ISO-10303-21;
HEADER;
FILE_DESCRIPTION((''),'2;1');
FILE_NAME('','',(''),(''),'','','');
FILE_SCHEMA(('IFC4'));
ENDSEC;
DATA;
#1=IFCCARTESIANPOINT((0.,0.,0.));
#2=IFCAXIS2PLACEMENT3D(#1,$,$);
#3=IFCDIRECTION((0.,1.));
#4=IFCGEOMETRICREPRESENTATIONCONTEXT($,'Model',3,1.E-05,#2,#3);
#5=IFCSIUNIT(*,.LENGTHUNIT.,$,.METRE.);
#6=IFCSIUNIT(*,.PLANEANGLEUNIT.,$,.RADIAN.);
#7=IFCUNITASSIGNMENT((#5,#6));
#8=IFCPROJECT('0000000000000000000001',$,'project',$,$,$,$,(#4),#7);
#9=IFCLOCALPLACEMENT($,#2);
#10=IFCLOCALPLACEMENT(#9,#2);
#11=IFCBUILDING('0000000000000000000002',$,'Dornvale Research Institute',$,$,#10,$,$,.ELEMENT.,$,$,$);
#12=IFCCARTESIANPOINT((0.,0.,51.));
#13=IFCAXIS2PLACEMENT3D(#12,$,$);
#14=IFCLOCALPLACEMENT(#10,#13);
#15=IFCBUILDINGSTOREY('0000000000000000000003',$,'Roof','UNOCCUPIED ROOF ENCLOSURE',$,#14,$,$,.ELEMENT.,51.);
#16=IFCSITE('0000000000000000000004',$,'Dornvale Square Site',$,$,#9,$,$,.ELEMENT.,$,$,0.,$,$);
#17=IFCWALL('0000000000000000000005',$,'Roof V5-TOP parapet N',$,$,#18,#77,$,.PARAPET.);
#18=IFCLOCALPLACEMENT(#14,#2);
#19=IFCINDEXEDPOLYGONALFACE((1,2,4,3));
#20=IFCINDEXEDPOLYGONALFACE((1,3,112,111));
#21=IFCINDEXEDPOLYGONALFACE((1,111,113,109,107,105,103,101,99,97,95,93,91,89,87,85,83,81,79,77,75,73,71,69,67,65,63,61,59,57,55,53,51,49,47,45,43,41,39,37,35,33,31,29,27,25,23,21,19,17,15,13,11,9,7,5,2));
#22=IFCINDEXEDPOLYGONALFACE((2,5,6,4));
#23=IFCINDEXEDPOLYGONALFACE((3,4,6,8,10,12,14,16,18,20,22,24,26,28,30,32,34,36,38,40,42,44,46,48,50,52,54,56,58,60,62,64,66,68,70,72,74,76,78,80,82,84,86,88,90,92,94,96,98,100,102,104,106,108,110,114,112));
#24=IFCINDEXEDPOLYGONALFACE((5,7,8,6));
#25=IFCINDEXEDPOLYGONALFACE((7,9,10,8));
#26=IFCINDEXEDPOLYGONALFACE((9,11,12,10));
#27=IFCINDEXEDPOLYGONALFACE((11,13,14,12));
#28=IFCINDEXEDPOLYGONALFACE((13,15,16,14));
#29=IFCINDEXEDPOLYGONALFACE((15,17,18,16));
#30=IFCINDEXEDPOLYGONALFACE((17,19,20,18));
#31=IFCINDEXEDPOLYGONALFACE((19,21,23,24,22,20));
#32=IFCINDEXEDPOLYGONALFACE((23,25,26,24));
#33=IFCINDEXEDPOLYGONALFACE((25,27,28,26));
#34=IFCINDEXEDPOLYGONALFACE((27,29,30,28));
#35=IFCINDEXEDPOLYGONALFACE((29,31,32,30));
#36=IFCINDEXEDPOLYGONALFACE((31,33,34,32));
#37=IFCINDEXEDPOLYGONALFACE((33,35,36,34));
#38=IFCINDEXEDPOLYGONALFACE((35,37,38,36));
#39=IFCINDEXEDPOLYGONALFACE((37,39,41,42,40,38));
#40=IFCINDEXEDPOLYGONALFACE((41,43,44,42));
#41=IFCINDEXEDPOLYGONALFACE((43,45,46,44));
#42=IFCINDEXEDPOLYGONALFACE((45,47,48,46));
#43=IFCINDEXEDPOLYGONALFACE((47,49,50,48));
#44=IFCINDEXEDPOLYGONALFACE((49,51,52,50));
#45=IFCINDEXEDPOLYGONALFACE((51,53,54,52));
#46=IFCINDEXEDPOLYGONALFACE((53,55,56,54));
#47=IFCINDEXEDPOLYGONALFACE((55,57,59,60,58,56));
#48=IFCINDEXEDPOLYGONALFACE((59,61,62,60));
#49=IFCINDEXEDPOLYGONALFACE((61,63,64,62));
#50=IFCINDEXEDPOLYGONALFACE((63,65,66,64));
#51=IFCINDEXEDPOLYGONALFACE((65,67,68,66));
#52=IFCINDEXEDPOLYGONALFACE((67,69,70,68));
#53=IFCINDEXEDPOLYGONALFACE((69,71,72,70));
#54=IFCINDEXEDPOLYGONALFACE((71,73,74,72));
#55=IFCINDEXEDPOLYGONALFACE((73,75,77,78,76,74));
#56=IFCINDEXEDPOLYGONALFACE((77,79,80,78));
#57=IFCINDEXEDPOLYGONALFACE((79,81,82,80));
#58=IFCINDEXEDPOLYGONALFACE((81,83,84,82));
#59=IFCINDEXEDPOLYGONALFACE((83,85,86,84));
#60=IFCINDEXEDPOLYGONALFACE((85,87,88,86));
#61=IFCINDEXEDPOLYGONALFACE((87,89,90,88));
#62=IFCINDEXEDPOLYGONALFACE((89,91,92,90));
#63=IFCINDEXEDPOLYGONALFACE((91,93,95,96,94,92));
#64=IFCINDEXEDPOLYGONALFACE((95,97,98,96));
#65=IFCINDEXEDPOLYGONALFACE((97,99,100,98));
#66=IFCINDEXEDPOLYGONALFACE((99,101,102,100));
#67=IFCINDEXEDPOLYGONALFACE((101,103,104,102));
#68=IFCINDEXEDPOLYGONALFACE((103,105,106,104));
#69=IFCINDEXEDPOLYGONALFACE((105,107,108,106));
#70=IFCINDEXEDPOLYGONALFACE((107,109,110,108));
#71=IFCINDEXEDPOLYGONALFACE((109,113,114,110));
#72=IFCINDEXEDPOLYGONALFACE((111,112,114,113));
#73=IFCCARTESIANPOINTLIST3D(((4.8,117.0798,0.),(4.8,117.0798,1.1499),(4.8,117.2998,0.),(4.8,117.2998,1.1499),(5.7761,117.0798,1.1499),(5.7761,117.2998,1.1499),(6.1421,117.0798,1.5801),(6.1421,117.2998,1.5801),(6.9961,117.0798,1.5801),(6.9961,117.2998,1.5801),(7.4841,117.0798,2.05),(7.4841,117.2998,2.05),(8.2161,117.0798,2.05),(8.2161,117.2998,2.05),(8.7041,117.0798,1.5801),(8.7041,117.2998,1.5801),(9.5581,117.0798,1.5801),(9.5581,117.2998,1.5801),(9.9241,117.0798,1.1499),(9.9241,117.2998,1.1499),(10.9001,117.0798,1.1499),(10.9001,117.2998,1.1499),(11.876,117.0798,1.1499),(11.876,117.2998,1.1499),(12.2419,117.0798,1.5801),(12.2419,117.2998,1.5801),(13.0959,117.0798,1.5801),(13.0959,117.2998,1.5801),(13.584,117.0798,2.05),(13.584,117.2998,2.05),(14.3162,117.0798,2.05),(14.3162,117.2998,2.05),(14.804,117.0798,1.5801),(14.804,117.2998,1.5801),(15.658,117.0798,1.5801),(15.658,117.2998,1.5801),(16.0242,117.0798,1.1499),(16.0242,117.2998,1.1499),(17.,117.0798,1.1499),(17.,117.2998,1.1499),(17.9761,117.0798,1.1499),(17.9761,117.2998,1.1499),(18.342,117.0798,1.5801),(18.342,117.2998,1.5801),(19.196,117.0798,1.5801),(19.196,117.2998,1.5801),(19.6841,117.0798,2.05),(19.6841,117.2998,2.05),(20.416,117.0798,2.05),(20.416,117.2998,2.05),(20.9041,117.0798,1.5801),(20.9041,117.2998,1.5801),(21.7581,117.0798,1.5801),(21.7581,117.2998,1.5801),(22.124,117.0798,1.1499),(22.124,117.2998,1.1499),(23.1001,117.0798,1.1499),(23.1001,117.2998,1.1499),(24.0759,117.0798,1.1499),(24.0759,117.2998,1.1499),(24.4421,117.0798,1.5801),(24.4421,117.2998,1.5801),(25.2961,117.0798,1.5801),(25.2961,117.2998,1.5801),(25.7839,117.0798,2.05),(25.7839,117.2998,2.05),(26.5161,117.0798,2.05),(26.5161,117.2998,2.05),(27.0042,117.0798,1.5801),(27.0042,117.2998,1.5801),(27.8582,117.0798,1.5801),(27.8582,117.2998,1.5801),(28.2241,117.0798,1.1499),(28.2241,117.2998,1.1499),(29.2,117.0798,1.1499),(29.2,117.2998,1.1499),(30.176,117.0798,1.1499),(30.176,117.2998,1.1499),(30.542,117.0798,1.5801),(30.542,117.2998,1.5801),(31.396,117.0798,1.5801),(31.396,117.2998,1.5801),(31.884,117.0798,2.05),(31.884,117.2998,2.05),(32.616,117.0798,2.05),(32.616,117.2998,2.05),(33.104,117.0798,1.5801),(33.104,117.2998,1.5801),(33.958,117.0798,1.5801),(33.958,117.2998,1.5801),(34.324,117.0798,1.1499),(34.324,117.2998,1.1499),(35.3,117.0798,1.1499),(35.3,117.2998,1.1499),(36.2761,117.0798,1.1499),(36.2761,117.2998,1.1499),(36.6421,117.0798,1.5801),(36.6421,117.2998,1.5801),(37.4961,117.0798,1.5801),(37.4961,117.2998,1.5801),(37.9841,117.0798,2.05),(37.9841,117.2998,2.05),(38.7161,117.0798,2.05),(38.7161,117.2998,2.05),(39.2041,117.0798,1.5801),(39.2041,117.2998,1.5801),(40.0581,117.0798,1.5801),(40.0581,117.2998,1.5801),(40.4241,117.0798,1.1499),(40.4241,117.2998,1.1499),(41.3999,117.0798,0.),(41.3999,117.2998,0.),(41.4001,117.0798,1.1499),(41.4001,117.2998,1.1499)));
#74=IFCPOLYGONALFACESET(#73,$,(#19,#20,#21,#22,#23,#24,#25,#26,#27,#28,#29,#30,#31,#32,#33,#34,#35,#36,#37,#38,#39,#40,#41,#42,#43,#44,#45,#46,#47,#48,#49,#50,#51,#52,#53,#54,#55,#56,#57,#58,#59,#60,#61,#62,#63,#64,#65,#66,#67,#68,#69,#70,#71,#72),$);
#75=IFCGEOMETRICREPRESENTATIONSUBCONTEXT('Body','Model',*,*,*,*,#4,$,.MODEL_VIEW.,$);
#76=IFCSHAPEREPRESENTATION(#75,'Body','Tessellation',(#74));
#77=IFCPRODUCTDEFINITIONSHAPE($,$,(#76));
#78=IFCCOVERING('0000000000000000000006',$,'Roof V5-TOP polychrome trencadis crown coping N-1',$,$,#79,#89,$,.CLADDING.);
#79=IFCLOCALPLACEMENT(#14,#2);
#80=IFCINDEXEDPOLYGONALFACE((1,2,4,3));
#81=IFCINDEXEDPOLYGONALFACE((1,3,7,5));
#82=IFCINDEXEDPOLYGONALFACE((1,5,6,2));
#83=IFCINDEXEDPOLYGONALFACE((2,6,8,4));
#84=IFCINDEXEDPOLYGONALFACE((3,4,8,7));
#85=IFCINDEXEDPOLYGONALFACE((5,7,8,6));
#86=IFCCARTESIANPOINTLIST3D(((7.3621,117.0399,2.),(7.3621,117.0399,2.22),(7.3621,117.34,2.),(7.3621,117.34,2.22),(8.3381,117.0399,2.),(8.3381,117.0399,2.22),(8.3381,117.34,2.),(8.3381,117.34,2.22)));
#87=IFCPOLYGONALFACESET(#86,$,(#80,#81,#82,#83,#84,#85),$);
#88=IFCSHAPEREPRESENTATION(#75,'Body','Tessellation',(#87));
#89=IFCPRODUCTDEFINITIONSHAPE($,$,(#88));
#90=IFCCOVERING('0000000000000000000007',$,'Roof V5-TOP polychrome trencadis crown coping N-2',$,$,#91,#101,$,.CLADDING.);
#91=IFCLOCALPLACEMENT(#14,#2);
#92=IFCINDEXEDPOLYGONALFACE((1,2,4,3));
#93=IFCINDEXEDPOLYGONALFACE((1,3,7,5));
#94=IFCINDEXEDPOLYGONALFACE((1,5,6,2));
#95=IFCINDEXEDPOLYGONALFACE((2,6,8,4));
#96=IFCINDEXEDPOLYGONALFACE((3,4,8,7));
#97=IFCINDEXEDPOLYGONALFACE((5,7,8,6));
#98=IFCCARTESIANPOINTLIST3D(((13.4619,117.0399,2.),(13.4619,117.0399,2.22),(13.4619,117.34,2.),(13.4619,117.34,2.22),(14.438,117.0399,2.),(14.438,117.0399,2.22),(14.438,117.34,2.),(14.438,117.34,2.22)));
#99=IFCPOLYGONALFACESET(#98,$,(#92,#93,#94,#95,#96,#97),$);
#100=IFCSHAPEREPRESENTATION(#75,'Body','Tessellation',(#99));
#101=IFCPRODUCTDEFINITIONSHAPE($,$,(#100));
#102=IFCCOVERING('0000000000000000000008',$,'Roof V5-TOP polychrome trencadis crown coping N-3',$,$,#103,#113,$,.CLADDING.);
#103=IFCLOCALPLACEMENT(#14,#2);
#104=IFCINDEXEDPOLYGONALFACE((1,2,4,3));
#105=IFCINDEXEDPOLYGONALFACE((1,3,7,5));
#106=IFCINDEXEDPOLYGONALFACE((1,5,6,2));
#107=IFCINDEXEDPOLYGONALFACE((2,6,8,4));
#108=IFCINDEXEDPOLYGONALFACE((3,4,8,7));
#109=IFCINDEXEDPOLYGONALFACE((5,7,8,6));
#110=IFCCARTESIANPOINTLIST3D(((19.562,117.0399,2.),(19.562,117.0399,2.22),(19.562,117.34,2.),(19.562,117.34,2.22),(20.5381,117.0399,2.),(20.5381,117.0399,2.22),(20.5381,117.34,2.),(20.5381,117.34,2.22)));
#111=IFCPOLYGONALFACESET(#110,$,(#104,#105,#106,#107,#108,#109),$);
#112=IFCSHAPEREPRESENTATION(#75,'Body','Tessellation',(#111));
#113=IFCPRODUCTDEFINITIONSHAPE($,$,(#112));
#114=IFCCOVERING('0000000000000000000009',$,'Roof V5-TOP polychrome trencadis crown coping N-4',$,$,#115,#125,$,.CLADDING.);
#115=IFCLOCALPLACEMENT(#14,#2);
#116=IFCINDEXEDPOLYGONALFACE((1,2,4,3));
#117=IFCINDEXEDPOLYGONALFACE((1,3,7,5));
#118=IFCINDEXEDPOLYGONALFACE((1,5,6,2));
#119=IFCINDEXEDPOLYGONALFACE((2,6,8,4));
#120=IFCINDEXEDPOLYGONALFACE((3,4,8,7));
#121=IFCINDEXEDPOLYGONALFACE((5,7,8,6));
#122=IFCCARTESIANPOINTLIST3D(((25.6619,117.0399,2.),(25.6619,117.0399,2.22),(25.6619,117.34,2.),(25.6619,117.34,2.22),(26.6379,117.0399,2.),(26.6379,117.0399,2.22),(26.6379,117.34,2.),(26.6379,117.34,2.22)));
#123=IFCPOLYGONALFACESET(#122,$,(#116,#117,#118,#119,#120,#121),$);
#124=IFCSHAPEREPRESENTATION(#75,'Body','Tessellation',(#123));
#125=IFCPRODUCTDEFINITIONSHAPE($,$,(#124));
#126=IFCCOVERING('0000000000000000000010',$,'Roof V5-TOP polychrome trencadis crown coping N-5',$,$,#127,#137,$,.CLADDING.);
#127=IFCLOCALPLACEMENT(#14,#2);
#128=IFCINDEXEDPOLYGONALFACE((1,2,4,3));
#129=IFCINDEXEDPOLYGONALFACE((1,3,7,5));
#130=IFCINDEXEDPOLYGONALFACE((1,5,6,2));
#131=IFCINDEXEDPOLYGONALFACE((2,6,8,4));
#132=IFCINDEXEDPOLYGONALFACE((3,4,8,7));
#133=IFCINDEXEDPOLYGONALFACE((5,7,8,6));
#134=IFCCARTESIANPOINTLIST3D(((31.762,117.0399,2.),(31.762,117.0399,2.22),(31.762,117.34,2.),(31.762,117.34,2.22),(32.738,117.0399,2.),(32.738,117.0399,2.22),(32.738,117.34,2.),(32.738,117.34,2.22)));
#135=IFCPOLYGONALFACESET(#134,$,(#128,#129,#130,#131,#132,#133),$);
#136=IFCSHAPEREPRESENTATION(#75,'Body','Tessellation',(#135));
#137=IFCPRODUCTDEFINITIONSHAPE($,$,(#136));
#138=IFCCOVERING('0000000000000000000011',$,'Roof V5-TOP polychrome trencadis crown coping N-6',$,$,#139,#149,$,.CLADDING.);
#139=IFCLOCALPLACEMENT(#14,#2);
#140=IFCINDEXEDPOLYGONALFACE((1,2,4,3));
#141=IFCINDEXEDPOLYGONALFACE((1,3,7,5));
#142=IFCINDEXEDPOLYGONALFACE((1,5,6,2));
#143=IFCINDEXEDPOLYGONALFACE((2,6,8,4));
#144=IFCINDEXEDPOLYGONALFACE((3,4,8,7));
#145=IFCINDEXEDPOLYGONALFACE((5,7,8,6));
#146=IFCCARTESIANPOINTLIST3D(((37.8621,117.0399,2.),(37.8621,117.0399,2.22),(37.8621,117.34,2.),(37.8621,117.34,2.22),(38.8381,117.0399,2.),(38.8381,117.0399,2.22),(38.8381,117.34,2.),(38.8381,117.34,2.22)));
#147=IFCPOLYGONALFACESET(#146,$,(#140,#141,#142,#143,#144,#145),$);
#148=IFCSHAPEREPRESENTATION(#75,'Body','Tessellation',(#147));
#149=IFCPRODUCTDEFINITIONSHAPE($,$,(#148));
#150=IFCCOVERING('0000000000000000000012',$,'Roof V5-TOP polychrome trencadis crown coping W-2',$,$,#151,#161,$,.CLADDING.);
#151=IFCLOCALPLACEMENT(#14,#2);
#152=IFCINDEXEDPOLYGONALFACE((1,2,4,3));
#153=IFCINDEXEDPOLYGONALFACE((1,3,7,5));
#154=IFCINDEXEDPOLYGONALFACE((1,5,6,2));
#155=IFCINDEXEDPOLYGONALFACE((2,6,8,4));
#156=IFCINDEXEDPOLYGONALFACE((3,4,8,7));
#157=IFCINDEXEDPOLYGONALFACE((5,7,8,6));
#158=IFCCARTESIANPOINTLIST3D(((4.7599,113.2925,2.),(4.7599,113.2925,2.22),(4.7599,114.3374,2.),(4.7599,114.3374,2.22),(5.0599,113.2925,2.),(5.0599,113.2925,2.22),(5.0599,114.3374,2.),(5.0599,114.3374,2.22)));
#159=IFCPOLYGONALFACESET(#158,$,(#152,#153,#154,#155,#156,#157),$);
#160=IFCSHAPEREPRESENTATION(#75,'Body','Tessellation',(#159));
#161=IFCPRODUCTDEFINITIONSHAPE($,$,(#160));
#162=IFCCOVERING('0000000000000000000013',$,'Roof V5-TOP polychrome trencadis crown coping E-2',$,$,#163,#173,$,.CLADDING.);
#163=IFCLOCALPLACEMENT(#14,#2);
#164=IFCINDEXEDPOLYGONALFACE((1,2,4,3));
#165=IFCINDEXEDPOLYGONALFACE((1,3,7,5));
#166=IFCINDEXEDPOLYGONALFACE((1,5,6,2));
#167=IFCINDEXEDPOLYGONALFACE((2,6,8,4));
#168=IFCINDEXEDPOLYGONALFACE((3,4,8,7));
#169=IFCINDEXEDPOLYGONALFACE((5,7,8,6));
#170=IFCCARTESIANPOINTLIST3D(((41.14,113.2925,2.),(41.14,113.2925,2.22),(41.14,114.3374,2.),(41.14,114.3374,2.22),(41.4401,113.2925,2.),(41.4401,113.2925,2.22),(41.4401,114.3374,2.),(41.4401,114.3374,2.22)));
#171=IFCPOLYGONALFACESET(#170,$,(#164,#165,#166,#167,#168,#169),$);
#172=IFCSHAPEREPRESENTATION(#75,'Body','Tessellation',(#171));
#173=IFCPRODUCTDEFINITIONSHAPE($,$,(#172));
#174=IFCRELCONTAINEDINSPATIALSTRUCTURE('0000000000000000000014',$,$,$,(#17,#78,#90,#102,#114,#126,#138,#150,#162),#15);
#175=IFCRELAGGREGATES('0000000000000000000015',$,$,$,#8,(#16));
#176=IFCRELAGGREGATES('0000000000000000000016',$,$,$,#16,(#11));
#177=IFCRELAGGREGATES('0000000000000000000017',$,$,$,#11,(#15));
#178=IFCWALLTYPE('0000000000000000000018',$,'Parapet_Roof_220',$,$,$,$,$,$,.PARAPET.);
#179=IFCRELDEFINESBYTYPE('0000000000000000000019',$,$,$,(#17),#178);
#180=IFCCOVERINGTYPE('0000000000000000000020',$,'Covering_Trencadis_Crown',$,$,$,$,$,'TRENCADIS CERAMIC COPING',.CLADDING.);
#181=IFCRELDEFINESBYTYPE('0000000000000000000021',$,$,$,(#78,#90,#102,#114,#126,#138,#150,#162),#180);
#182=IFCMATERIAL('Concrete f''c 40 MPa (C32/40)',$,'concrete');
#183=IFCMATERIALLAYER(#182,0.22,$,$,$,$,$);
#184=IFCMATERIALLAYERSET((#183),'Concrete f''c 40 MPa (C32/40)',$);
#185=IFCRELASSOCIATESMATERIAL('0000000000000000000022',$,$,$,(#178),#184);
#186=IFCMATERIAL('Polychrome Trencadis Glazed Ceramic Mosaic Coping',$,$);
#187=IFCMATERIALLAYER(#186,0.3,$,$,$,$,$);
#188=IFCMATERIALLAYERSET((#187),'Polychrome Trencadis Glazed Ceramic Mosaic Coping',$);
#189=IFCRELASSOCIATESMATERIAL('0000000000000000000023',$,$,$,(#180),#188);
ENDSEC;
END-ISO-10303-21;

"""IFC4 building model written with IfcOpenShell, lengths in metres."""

from ifc_helpers import new_model, si_unit, direction, frame, origin, origin_2d, place, context, subcontext, project, spatial, polyline, rectangle, outline, extrude, material, layer, layer_set, type_object, element, save


model = new_model("IFC4")

# Units and contexts
model_context = context("Model", 3, precision=1e-05, world=origin(), true_north=direction((0.0, 1.0)))
body_context = subcontext(model_context, "Body", "Model", "MODEL_VIEW")
ifc_project = project(units=[si_unit("LENGTHUNIT", "METRE"), si_unit("PLANEANGLEUNIT", "RADIAN")], contexts=[model_context])

# Site, building, storey
site_placement = place(None, origin())
site = spatial("IfcSite", under=ifc_project, at=site_placement, Name="Dornvale Square Site", CompositionType="ELEMENT", RefElevation=0.0)
building_placement = place(site_placement, origin())
building = spatial("IfcBuilding", under=site, at=building_placement, Name="Dornvale Research Institute", CompositionType="ELEMENT")
storey_placement = place(building_placement, frame((0.0, 0.0, 51.0)))
storey = spatial("IfcBuildingStorey", under=building, at=storey_placement, Name="Roof", Description="UNOCCUPIED ROOF ENCLOSURE", CompositionType="ELEMENT", Elevation=51.0)

# Wall
ifc_material_1 = material(Name="Concrete f'c 40 MPa (C32/40)", Category="concrete")
ifc_layer_1 = layer(ifc_material_1, 0.22)
ifc_layer_set_1 = layer_set([ifc_layer_1], Name="Concrete f'c 40 MPa (C32/40)")
wall_type = type_object("IfcWallType", Name="Parapet_Roof_220", PredefinedType="PARAPET", material=ifc_layer_set_1)
wall_placement = place(storey_placement, frame((4.8, 117.1899, 0.0), z_axis=(0.0, 0.0, 1.0), x_axis=(1.0, 0.0, 0.0)))
element("IfcWall", 1, at=wall_placement, inside=storey, type_object=wall_type, Name="Roof V5-TOP parapet N", PredefinedType="PARAPET", context=body_context, shape_type="SweptSolid", body=[
    extrude(outline(polyline([(0.0, 0.0), (36.5999, 0.0), (36.6001, 1.1499), (35.624, 1.1499), (35.2581, 1.5801), (34.4041, 1.5801), (33.916, 2.05), (33.1841, 2.05), (32.696, 1.5801), (31.842, 1.5801), (31.4761, 1.1499), (30.5, 1.1499), (29.5239, 1.1499), (29.158, 1.5801), (28.304, 1.5801), (27.8159, 2.05), (27.084, 2.05), (26.5959, 1.5801), (25.7419, 1.5801), (25.376, 1.1499), (24.3999, 1.1499), (23.4241, 1.1499), (23.0581, 1.5801), (22.2041, 1.5801), (21.7161, 2.05), (20.9839, 2.05), (20.4961, 1.5801), (19.6421, 1.5801), (19.2759, 1.1499), (18.3, 1.1499), (17.324, 1.1499), (16.958, 1.5801), (16.104, 1.5801), (15.616, 2.05), (14.884, 2.05), (14.396, 1.5801), (13.542, 1.5801), (13.176, 1.1499), (12.2, 1.1499), (11.2241, 1.1499), (10.8579, 1.5801), (10.0039, 1.5801), (9.5161, 2.05), (8.7839, 2.05), (8.2959, 1.5801), (7.4419, 1.5801), (7.0759, 1.1499), (6.1001, 1.1499), (5.124, 1.1499), (4.7581, 1.5801), (3.9041, 1.5801), (3.416, 2.05), (2.6841, 2.05), (2.196, 1.5801), (1.342, 1.5801), (0.9761, 1.1499), (0.0, 1.1499), (0.0, 0.0)])), frame((0.0, 0.1099, 0.0), z_axis=(0.0, -1.0, 0.0), x_axis=(1.0, 0.0, 0.0)), (0.0, 0.0, 1.0), 0.22),
])

# Coverings
ifc_material_2 = material(Name="Polychrome Trencadis Glazed Ceramic Mosaic Coping")
ifc_layer_2 = layer(ifc_material_2, 0.3)
ifc_layer_set_2 = layer_set([ifc_layer_2], Name="Polychrome Trencadis Glazed Ceramic Mosaic Coping")
covering_type = type_object("IfcCoveringType", Name="Covering_Trencadis_Crown", ElementType="TRENCADIS CERAMIC COPING", PredefinedType="CLADDING", material=ifc_layer_set_2)
for number, where, z_axis, x_axis, name in (
    (2, (7.8501, 117.1899, 2.0), (0.0, 0.0, 1.0), (1.0, 0.0, 0.0), "Roof V5-TOP polychrome trencadis crown coping N-1"),
    (3, (13.95, 117.1899, 2.0), (0.0, 0.0, 1.0), (1.0, 0.0, 0.0), "Roof V5-TOP polychrome trencadis crown coping N-2"),
    (4, (20.05, 117.1899, 2.0), (0.0, 0.0, 1.0), (1.0, 0.0, 0.0), "Roof V5-TOP polychrome trencadis crown coping N-3"),
    (5, (26.1499, 117.1899, 2.0), (0.0, 0.0, 1.0), (1.0, 0.0, 0.0), "Roof V5-TOP polychrome trencadis crown coping N-4"),
    (6, (32.25, 117.1899, 2.0), (0.0, 0.0, 1.0), (1.0, 0.0, 0.0), "Roof V5-TOP polychrome trencadis crown coping N-5"),
    (7, (38.3501, 117.1899, 2.0), (0.0, 0.0, 1.0), (1.0, 0.0, 0.0), "Roof V5-TOP polychrome trencadis crown coping N-6"),
):
    element("IfcCovering", number, at=place(storey_placement, frame(where, z_axis=z_axis, x_axis=x_axis)), inside=storey, type_object=covering_type, Name=name, PredefinedType="CLADDING", context=body_context, shape_type="SweptSolid", body=[
        extrude(rectangle(XDim=0.9761, YDim=0.3, at=origin_2d()), origin(), (0.0, 0.0, 1.0), 0.22),
    ])
for number, where, z_axis, x_axis, name in (
    (8, (4.9099, 113.8149, 2.0), (0.0, 0.0, 1.0), (0.0, 1.0, 0.0), "Roof V5-TOP polychrome trencadis crown coping W-2"),
    (9, (41.29, 113.8149, 2.0), (0.0, 0.0, 1.0), (0.0, 1.0, 0.0), "Roof V5-TOP polychrome trencadis crown coping E-2"),
):
    element("IfcCovering", number, at=place(storey_placement, frame(where, z_axis=z_axis, x_axis=x_axis)), inside=storey, type_object=covering_type, Name=name, PredefinedType="CLADDING", context=body_context, shape_type="SweptSolid", body=[
        extrude(rectangle(XDim=1.0449, YDim=0.3, at=origin_2d()), origin(), (0.0, 0.0, 1.0), 0.22),
    ])

save(model, "model.ifc")
